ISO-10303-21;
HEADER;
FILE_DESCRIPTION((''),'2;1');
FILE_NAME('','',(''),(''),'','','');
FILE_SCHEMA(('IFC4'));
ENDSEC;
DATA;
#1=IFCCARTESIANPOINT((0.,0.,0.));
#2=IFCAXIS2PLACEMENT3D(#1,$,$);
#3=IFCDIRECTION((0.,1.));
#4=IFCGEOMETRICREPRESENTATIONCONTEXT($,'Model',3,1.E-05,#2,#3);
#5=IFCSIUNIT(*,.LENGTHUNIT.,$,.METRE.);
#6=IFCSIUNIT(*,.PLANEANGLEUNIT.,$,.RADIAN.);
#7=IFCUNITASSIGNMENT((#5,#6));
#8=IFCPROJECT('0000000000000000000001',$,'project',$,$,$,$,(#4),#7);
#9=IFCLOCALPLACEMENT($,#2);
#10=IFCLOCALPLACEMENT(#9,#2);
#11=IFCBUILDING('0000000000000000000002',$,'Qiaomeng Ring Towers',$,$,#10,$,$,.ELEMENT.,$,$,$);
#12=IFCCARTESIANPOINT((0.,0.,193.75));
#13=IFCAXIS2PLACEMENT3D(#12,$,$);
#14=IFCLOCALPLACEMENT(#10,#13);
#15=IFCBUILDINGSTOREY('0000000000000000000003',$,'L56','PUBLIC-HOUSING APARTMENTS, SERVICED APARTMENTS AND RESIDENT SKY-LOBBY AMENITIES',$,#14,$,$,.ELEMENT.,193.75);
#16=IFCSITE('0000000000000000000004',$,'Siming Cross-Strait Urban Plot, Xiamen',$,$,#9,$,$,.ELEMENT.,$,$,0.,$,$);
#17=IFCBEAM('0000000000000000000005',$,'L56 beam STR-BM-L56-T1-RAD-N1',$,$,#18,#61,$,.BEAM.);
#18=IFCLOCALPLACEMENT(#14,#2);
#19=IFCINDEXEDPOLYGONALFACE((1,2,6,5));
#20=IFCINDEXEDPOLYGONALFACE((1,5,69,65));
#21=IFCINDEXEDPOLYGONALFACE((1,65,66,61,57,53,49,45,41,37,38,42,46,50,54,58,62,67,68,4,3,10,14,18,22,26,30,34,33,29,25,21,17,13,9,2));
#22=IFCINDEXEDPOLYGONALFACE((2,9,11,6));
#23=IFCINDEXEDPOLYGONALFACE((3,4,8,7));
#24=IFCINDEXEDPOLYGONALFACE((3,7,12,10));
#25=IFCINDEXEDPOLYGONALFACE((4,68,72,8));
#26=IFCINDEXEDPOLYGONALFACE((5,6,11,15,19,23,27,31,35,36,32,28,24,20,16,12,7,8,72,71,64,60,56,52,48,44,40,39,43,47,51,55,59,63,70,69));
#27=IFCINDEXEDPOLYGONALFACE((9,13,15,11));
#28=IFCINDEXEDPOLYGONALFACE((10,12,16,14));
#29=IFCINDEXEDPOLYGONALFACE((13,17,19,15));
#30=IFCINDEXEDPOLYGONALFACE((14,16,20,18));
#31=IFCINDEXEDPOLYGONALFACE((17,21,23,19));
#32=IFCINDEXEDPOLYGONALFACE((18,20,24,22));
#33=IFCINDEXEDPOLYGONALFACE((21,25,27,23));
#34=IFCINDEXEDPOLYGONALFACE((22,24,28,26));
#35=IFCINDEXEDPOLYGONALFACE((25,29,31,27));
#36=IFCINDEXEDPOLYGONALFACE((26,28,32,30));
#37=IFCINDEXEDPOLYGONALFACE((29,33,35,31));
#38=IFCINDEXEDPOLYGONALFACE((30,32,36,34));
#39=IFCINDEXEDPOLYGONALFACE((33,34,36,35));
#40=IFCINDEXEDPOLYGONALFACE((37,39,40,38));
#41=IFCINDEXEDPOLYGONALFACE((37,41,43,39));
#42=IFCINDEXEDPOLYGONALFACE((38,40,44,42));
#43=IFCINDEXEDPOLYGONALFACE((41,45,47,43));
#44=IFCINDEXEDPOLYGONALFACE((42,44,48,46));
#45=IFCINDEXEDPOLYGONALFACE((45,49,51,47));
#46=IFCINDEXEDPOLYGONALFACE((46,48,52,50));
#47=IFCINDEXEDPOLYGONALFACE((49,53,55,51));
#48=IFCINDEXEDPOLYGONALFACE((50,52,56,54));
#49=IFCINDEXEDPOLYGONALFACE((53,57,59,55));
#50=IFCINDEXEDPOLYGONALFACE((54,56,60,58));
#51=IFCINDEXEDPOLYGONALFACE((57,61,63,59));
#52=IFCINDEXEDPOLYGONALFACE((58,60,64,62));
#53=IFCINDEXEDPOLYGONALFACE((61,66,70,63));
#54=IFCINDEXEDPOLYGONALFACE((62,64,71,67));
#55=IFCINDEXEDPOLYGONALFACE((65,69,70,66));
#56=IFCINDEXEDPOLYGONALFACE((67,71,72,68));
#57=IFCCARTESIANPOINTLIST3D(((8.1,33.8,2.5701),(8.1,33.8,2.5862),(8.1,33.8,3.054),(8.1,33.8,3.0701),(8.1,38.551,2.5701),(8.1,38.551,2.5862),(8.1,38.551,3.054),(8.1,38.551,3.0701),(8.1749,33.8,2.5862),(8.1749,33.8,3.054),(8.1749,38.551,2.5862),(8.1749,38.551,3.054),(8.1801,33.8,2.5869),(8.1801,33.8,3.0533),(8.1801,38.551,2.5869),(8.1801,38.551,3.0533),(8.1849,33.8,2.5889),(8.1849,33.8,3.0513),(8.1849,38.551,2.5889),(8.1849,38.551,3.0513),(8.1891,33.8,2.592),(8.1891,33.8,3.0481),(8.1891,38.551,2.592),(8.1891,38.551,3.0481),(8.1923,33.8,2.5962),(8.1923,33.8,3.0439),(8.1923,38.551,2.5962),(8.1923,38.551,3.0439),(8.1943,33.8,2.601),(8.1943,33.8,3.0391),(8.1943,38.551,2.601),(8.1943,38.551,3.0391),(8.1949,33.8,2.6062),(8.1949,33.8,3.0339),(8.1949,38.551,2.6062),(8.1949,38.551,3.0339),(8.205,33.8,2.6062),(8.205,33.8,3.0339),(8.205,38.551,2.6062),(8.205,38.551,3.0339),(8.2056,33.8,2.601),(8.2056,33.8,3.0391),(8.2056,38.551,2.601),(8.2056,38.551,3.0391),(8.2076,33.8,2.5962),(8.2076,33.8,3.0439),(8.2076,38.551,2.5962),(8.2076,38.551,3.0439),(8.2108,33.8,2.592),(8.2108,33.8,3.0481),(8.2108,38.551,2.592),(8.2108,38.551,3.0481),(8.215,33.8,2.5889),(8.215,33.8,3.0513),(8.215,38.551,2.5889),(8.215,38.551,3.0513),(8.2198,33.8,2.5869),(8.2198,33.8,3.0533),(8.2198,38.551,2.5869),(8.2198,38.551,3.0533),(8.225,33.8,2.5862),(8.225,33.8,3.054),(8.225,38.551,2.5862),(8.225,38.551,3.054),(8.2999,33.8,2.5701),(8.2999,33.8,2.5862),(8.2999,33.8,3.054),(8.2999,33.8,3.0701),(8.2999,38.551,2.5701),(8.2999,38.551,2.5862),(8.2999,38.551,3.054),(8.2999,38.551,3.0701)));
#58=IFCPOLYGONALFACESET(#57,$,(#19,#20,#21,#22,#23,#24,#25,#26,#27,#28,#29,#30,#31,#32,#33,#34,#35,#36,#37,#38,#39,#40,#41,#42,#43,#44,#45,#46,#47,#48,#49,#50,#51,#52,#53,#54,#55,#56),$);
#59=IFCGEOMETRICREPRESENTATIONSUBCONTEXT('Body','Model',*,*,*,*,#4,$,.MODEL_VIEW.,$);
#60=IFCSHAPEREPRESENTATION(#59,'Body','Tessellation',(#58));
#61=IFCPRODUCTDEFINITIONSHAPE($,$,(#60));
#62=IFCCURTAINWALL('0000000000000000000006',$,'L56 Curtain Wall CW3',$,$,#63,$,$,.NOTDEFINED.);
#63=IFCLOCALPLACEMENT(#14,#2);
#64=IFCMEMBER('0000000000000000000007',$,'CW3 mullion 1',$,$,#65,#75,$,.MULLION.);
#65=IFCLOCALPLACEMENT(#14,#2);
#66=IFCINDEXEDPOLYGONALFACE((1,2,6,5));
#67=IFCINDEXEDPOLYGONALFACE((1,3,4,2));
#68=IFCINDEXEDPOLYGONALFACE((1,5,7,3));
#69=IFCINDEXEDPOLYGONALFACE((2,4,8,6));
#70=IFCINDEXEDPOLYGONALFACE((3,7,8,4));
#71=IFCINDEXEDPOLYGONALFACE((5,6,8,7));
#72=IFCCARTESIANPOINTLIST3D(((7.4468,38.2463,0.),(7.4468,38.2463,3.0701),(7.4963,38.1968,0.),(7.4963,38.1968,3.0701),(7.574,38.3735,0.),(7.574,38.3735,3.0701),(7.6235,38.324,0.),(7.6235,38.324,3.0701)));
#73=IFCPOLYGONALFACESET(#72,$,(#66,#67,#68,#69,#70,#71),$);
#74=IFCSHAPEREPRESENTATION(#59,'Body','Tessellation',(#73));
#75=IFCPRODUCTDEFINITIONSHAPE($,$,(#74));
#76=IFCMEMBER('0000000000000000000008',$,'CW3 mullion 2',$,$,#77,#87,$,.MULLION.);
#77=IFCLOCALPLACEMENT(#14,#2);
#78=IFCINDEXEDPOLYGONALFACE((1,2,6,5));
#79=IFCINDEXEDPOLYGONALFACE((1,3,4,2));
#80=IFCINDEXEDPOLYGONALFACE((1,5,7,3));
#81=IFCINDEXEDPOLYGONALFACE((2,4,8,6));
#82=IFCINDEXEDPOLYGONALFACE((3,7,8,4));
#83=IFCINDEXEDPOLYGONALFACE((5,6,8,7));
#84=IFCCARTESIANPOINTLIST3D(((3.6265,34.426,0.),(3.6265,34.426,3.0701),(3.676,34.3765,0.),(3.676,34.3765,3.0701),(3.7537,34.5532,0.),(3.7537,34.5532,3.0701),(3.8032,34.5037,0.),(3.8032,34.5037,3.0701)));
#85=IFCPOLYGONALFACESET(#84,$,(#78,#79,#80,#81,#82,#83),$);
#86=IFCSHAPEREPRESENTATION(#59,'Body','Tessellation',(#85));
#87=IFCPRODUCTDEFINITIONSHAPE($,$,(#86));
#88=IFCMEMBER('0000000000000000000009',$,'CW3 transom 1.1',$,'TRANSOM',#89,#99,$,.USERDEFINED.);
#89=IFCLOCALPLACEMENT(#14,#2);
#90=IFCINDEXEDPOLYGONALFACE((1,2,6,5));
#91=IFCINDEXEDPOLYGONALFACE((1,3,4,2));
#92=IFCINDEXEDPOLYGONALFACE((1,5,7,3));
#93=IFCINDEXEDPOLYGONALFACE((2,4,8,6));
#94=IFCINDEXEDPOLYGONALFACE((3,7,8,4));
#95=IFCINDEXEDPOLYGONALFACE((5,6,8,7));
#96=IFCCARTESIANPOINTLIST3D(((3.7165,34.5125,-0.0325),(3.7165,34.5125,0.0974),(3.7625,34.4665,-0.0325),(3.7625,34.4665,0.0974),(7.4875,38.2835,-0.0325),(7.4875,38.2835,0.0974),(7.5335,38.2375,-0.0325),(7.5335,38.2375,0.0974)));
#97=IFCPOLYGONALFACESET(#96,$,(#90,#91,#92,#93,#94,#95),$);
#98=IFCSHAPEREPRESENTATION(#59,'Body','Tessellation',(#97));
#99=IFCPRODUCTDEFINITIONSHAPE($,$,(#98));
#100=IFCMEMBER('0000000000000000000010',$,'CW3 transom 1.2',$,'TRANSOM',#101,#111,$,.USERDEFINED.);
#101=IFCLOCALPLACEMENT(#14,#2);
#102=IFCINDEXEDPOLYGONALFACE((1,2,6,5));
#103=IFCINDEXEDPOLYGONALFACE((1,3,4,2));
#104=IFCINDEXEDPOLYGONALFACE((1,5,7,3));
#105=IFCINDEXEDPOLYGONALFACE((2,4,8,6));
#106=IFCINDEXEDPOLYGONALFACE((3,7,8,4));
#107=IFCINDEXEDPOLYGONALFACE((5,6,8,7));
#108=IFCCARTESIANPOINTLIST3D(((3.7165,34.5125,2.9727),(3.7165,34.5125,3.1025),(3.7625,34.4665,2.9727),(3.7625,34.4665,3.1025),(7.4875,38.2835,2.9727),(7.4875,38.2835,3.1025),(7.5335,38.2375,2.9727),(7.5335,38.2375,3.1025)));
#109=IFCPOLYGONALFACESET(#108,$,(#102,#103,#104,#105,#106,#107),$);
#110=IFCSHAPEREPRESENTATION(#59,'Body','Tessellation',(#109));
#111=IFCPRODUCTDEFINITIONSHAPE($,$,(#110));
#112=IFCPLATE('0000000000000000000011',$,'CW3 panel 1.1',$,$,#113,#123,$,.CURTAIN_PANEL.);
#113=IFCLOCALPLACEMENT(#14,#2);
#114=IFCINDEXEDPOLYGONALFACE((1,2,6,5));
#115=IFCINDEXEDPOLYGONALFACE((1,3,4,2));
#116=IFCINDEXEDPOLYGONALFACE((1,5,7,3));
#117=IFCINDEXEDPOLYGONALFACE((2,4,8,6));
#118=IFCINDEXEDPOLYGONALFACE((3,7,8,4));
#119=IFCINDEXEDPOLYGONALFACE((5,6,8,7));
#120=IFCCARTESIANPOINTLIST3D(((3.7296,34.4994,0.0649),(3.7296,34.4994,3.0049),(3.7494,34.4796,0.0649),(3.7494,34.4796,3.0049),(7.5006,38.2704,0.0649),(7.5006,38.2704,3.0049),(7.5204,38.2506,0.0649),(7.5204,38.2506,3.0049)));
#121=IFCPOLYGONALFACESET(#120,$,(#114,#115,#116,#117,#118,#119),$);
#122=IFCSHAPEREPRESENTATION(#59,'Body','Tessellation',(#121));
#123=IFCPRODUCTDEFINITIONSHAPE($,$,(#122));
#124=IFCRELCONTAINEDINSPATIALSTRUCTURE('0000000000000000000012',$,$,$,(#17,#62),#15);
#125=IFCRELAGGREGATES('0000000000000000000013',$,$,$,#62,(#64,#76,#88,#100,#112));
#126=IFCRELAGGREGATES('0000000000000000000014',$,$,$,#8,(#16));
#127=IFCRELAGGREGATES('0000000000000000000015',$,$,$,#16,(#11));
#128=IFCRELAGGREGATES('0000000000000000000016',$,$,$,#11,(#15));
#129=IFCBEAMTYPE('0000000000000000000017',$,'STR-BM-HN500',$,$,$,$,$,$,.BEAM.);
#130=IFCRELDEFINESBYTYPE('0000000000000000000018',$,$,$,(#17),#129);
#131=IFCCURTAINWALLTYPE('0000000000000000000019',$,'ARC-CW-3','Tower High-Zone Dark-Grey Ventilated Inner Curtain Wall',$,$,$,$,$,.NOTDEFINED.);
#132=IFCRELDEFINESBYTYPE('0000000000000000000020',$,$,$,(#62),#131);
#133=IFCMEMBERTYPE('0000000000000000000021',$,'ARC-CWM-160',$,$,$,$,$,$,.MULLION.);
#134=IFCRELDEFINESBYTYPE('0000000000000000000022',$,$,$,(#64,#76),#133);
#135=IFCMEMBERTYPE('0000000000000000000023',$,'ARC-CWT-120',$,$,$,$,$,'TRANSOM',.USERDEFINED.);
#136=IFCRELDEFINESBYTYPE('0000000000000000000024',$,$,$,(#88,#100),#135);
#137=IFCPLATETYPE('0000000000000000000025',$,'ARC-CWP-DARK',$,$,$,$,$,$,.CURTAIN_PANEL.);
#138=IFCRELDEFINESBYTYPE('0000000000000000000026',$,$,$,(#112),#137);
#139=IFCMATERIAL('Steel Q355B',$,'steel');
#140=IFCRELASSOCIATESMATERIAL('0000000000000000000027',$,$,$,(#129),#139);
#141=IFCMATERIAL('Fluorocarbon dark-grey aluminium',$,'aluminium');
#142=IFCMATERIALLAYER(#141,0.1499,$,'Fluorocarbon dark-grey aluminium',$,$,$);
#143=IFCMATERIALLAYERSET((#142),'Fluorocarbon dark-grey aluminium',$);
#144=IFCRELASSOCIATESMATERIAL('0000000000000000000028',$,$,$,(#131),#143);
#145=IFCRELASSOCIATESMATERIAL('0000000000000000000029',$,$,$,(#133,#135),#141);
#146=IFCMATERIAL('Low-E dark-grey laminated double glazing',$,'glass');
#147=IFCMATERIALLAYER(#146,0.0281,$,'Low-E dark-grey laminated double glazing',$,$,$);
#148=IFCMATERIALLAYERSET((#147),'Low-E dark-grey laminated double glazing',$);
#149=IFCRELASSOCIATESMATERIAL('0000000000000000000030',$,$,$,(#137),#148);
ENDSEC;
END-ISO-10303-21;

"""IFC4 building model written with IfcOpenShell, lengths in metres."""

from ifc_helpers import new_model, si_unit, direction, frame, origin, origin_2d, place, context, subcontext, project, spatial, rectangle, i_section, extrude, source, transform, mapped, material, layer, layer_set, material_profile, profile_set, type_object, element, aggregate, save


model = new_model("IFC4")

# Units and contexts
model_context = context("Model", 3, precision=1e-05, world=origin(), true_north=direction((0.0, 1.0)))
body_context = subcontext(model_context, "Body", "Model", "MODEL_VIEW")
ifc_project = project(units=[si_unit("LENGTHUNIT", "METRE"), si_unit("PLANEANGLEUNIT", "RADIAN")], contexts=[model_context])

# Site, building, storey
site_placement = place(None, origin())
site = spatial("IfcSite", under=ifc_project, at=site_placement, Name="Siming Cross-Strait Urban Plot, Xiamen", CompositionType="ELEMENT", RefElevation=0.0)
building_placement = place(site_placement, origin())
building = spatial("IfcBuilding", under=site, at=building_placement, Name="Qiaomeng Ring Towers", CompositionType="ELEMENT")
storey_placement = place(building_placement, frame((0.0, 0.0, 193.75)))
storey = spatial("IfcBuildingStorey", under=building, at=storey_placement, Name="L56", Description="PUBLIC-HOUSING APARTMENTS, SERVICED APARTMENTS AND RESIDENT SKY-LOBBY AMENITIES", CompositionType="ELEMENT", Elevation=193.75)

# Beam
ifc_material_1 = material(Name="Steel Q355B", Category="steel")
ifc_material_profile_1 = material_profile(ifc_material_1, i_section(OverallWidth=0.2, OverallDepth=0.5, WebThickness=0.01, FlangeThickness=0.0161, FilletRadius=0.02, at=origin_2d()), Name="HN 500x200x10x16")
ifc_profile_set_1 = profile_set([ifc_material_profile_1], Name="Steel Q355B")
beam_type_1 = type_object("IfcBeamType", Name="STR-BM-HN500", PredefinedType="BEAM", material=ifc_profile_set_1)
shared_shape_1 = source(origin(), body_context, "Body", "SweptSolid", [
    extrude(i_section(OverallWidth=0.2, OverallDepth=0.5, WebThickness=0.01, FlangeThickness=0.0161, FilletRadius=0.02, at=origin_2d()), origin(), (0.0, 0.0, 1.0), 4.751),
])
beam_1_placement = place(storey_placement, frame((8.2, 38.551, 2.8201), z_axis=(0.0, -1.0, 0.0), x_axis=(1.0, 0.0, 0.0)))
element("IfcBeam", 1, at=beam_1_placement, inside=storey, type_object=beam_type_1, Name="L56 beam STR-BM-L56-T1-RAD-N1", PredefinedType="BEAM", context=body_context, shape_type="MappedRepresentation", body=[
    mapped(shared_shape_1, transform((0.0, 0.0, 0.0), x_axis=(1.0, 0.0, 0.0), y_axis=(0.0, 1.0, 0.0), z_axis=(0.0, 0.0, 1.0), scale=1.0)),
])

# Curtain wall, members, plate
ifc_material_2 = material(Name="Fluorocarbon dark-grey aluminium", Category="aluminium")
ifc_layer_1 = layer(ifc_material_2, 0.1499, Name="Fluorocarbon dark-grey aluminium")
ifc_layer_set_1 = layer_set([ifc_layer_1], Name="Fluorocarbon dark-grey aluminium")
curtain_wall_type = type_object("IfcCurtainWallType", Name="ARC-CW-3", Description="Tower High-Zone Dark-Grey Ventilated Inner Curtain Wall", PredefinedType="NOTDEFINED", material=ifc_layer_set_1)
curtain_wall_placement = place(storey_placement, origin())
curtain_wall = element("IfcCurtainWall", 2, at=curtain_wall_placement, inside=storey, type_object=curtain_wall_type, Name="L56 Curtain Wall CW3", PredefinedType="NOTDEFINED")
ifc_material_profile_2 = material_profile(ifc_material_2, rectangle(XDim=0.0701, YDim=0.1799, at=origin_2d()), Name="ALU MULL 70x180")
ifc_profile_set_2 = profile_set([ifc_material_profile_2], Name="Fluorocarbon dark-grey aluminium")
member_type_1 = type_object("IfcMemberType", Name="ARC-CWM-160", PredefinedType="MULLION", material=ifc_profile_set_2)
shared_shape_2 = source(origin(), body_context, "Body", "SweptSolid", [
    extrude(rectangle(XDim=0.0701, YDim=0.1799, at=origin_2d()), origin(), (0.0, 0.0, 1.0), 3.0701),
])
member_1_placement = place(storey_placement, frame((7.5352, 38.2852, 0.0), z_axis=(0.0, 0.0, 1.0), x_axis=(0.707107, -0.707107, 0.0)))
member_1 = element("IfcMember", 3, at=member_1_placement, type_object=member_type_1, Name="CW3 mullion 1", PredefinedType="MULLION", context=body_context, shape_type="MappedRepresentation", body=[
    mapped(shared_shape_2, transform((0.0, 0.0, 0.0), x_axis=(1.0, 0.0, 0.0), y_axis=(0.0, 1.0, 0.0), z_axis=(0.0, 0.0, 1.0), scale=1.0)),
])
member_2_placement = place(storey_placement, frame((3.7148, 34.4648, 0.0), z_axis=(0.0, 0.0, 1.0), x_axis=(0.707107, -0.707107, 0.0)))
member_2 = element("IfcMember", 4, at=member_2_placement, type_object=member_type_1, Name="CW3 mullion 2", PredefinedType="MULLION", context=body_context, shape_type="MappedRepresentation", body=[
    mapped(shared_shape_2, transform((0.0, 0.0, 0.0), x_axis=(1.0, 0.0, 0.0), y_axis=(0.0, 1.0, 0.0), z_axis=(0.0, 0.0, 1.0), scale=1.0)),
])
ifc_material_profile_3 = material_profile(ifc_material_2, rectangle(XDim=0.0649, YDim=0.1299, at=origin_2d()), Name="ALU TRAN 65x130")
ifc_profile_set_3 = profile_set([ifc_material_profile_3], Name="Fluorocarbon dark-grey aluminium")
member_type_2 = type_object("IfcMemberType", Name="ARC-CWT-120", ElementType="TRANSOM", PredefinedType="USERDEFINED", material=ifc_profile_set_3)
shared_shape_3 = source(origin(), body_context, "Body", "SweptSolid", [
    extrude(rectangle(XDim=0.0649, YDim=0.1299, at=origin_2d()), origin(), (0.0, 0.0, 1.0), 5.333),
])
member_3_placement = place(storey_placement, frame((7.5105, 38.2605, 0.0325), z_axis=(-0.707107, -0.707107, 0.0), x_axis=(0.707107, -0.707107, 0.0)))
member_3 = element("IfcMember", 5, at=member_3_placement, type_object=member_type_2, Name="CW3 transom 1.1", ObjectType="TRANSOM", PredefinedType="USERDEFINED", context=body_context, shape_type="MappedRepresentation", body=[
    mapped(shared_shape_3, transform((0.0, 0.0, 0.0), x_axis=(1.0, 0.0, 0.0), y_axis=(0.0, 1.0, 0.0), z_axis=(0.0, 0.0, 1.0), scale=1.0)),
])
member_4_placement = place(storey_placement, frame((7.5105, 38.2605, 3.0376), z_axis=(-0.707107, -0.707107, 0.0), x_axis=(0.707107, -0.707107, 0.0)))
member_4 = element("IfcMember", 6, at=member_4_placement, type_object=member_type_2, Name="CW3 transom 1.2", ObjectType="TRANSOM", PredefinedType="USERDEFINED", context=body_context, shape_type="MappedRepresentation", body=[
    mapped(shared_shape_3, transform((0.0, 0.0, 0.0), x_axis=(1.0, 0.0, 0.0), y_axis=(0.0, 1.0, 0.0), z_axis=(0.0, 0.0, 1.0), scale=1.0)),
])
ifc_material_3 = material(Name="Low-E dark-grey laminated double glazing", Category="glass")
ifc_layer_2 = layer(ifc_material_3, 0.0281, Name="Low-E dark-grey laminated double glazing")
ifc_layer_set_2 = layer_set([ifc_layer_2], Name="Low-E dark-grey laminated double glazing")
plate_type = type_object("IfcPlateType", Name="ARC-CWP-DARK", PredefinedType="CURTAIN_PANEL", material=ifc_layer_set_2)
shared_shape_4 = source(origin(), body_context, "Body", "SweptSolid", [
    extrude(rectangle(XDim=5.333, YDim=0.0281, at=origin_2d()), origin(), (0.0, 0.0, 1.0), 2.9399),
])
plate_placement = place(storey_placement, frame((5.625, 36.375, 0.0649), z_axis=(0.0, 0.0, 1.0), x_axis=(-0.707107, -0.707107, 0.0)))
plate = element("IfcPlate", 7, at=plate_placement, type_object=plate_type, Name="CW3 panel 1.1", PredefinedType="CURTAIN_PANEL", context=body_context, shape_type="MappedRepresentation", body=[
    mapped(shared_shape_4, transform((0.0, 0.0, 0.0), x_axis=(1.0, 0.0, 0.0), y_axis=(0.0, 1.0, 0.0), z_axis=(0.0, 0.0, 1.0), scale=1.0)),
])
aggregate(curtain_wall, [member_1, member_2, member_3, member_4, plate])

save(model, "model.ifc")
